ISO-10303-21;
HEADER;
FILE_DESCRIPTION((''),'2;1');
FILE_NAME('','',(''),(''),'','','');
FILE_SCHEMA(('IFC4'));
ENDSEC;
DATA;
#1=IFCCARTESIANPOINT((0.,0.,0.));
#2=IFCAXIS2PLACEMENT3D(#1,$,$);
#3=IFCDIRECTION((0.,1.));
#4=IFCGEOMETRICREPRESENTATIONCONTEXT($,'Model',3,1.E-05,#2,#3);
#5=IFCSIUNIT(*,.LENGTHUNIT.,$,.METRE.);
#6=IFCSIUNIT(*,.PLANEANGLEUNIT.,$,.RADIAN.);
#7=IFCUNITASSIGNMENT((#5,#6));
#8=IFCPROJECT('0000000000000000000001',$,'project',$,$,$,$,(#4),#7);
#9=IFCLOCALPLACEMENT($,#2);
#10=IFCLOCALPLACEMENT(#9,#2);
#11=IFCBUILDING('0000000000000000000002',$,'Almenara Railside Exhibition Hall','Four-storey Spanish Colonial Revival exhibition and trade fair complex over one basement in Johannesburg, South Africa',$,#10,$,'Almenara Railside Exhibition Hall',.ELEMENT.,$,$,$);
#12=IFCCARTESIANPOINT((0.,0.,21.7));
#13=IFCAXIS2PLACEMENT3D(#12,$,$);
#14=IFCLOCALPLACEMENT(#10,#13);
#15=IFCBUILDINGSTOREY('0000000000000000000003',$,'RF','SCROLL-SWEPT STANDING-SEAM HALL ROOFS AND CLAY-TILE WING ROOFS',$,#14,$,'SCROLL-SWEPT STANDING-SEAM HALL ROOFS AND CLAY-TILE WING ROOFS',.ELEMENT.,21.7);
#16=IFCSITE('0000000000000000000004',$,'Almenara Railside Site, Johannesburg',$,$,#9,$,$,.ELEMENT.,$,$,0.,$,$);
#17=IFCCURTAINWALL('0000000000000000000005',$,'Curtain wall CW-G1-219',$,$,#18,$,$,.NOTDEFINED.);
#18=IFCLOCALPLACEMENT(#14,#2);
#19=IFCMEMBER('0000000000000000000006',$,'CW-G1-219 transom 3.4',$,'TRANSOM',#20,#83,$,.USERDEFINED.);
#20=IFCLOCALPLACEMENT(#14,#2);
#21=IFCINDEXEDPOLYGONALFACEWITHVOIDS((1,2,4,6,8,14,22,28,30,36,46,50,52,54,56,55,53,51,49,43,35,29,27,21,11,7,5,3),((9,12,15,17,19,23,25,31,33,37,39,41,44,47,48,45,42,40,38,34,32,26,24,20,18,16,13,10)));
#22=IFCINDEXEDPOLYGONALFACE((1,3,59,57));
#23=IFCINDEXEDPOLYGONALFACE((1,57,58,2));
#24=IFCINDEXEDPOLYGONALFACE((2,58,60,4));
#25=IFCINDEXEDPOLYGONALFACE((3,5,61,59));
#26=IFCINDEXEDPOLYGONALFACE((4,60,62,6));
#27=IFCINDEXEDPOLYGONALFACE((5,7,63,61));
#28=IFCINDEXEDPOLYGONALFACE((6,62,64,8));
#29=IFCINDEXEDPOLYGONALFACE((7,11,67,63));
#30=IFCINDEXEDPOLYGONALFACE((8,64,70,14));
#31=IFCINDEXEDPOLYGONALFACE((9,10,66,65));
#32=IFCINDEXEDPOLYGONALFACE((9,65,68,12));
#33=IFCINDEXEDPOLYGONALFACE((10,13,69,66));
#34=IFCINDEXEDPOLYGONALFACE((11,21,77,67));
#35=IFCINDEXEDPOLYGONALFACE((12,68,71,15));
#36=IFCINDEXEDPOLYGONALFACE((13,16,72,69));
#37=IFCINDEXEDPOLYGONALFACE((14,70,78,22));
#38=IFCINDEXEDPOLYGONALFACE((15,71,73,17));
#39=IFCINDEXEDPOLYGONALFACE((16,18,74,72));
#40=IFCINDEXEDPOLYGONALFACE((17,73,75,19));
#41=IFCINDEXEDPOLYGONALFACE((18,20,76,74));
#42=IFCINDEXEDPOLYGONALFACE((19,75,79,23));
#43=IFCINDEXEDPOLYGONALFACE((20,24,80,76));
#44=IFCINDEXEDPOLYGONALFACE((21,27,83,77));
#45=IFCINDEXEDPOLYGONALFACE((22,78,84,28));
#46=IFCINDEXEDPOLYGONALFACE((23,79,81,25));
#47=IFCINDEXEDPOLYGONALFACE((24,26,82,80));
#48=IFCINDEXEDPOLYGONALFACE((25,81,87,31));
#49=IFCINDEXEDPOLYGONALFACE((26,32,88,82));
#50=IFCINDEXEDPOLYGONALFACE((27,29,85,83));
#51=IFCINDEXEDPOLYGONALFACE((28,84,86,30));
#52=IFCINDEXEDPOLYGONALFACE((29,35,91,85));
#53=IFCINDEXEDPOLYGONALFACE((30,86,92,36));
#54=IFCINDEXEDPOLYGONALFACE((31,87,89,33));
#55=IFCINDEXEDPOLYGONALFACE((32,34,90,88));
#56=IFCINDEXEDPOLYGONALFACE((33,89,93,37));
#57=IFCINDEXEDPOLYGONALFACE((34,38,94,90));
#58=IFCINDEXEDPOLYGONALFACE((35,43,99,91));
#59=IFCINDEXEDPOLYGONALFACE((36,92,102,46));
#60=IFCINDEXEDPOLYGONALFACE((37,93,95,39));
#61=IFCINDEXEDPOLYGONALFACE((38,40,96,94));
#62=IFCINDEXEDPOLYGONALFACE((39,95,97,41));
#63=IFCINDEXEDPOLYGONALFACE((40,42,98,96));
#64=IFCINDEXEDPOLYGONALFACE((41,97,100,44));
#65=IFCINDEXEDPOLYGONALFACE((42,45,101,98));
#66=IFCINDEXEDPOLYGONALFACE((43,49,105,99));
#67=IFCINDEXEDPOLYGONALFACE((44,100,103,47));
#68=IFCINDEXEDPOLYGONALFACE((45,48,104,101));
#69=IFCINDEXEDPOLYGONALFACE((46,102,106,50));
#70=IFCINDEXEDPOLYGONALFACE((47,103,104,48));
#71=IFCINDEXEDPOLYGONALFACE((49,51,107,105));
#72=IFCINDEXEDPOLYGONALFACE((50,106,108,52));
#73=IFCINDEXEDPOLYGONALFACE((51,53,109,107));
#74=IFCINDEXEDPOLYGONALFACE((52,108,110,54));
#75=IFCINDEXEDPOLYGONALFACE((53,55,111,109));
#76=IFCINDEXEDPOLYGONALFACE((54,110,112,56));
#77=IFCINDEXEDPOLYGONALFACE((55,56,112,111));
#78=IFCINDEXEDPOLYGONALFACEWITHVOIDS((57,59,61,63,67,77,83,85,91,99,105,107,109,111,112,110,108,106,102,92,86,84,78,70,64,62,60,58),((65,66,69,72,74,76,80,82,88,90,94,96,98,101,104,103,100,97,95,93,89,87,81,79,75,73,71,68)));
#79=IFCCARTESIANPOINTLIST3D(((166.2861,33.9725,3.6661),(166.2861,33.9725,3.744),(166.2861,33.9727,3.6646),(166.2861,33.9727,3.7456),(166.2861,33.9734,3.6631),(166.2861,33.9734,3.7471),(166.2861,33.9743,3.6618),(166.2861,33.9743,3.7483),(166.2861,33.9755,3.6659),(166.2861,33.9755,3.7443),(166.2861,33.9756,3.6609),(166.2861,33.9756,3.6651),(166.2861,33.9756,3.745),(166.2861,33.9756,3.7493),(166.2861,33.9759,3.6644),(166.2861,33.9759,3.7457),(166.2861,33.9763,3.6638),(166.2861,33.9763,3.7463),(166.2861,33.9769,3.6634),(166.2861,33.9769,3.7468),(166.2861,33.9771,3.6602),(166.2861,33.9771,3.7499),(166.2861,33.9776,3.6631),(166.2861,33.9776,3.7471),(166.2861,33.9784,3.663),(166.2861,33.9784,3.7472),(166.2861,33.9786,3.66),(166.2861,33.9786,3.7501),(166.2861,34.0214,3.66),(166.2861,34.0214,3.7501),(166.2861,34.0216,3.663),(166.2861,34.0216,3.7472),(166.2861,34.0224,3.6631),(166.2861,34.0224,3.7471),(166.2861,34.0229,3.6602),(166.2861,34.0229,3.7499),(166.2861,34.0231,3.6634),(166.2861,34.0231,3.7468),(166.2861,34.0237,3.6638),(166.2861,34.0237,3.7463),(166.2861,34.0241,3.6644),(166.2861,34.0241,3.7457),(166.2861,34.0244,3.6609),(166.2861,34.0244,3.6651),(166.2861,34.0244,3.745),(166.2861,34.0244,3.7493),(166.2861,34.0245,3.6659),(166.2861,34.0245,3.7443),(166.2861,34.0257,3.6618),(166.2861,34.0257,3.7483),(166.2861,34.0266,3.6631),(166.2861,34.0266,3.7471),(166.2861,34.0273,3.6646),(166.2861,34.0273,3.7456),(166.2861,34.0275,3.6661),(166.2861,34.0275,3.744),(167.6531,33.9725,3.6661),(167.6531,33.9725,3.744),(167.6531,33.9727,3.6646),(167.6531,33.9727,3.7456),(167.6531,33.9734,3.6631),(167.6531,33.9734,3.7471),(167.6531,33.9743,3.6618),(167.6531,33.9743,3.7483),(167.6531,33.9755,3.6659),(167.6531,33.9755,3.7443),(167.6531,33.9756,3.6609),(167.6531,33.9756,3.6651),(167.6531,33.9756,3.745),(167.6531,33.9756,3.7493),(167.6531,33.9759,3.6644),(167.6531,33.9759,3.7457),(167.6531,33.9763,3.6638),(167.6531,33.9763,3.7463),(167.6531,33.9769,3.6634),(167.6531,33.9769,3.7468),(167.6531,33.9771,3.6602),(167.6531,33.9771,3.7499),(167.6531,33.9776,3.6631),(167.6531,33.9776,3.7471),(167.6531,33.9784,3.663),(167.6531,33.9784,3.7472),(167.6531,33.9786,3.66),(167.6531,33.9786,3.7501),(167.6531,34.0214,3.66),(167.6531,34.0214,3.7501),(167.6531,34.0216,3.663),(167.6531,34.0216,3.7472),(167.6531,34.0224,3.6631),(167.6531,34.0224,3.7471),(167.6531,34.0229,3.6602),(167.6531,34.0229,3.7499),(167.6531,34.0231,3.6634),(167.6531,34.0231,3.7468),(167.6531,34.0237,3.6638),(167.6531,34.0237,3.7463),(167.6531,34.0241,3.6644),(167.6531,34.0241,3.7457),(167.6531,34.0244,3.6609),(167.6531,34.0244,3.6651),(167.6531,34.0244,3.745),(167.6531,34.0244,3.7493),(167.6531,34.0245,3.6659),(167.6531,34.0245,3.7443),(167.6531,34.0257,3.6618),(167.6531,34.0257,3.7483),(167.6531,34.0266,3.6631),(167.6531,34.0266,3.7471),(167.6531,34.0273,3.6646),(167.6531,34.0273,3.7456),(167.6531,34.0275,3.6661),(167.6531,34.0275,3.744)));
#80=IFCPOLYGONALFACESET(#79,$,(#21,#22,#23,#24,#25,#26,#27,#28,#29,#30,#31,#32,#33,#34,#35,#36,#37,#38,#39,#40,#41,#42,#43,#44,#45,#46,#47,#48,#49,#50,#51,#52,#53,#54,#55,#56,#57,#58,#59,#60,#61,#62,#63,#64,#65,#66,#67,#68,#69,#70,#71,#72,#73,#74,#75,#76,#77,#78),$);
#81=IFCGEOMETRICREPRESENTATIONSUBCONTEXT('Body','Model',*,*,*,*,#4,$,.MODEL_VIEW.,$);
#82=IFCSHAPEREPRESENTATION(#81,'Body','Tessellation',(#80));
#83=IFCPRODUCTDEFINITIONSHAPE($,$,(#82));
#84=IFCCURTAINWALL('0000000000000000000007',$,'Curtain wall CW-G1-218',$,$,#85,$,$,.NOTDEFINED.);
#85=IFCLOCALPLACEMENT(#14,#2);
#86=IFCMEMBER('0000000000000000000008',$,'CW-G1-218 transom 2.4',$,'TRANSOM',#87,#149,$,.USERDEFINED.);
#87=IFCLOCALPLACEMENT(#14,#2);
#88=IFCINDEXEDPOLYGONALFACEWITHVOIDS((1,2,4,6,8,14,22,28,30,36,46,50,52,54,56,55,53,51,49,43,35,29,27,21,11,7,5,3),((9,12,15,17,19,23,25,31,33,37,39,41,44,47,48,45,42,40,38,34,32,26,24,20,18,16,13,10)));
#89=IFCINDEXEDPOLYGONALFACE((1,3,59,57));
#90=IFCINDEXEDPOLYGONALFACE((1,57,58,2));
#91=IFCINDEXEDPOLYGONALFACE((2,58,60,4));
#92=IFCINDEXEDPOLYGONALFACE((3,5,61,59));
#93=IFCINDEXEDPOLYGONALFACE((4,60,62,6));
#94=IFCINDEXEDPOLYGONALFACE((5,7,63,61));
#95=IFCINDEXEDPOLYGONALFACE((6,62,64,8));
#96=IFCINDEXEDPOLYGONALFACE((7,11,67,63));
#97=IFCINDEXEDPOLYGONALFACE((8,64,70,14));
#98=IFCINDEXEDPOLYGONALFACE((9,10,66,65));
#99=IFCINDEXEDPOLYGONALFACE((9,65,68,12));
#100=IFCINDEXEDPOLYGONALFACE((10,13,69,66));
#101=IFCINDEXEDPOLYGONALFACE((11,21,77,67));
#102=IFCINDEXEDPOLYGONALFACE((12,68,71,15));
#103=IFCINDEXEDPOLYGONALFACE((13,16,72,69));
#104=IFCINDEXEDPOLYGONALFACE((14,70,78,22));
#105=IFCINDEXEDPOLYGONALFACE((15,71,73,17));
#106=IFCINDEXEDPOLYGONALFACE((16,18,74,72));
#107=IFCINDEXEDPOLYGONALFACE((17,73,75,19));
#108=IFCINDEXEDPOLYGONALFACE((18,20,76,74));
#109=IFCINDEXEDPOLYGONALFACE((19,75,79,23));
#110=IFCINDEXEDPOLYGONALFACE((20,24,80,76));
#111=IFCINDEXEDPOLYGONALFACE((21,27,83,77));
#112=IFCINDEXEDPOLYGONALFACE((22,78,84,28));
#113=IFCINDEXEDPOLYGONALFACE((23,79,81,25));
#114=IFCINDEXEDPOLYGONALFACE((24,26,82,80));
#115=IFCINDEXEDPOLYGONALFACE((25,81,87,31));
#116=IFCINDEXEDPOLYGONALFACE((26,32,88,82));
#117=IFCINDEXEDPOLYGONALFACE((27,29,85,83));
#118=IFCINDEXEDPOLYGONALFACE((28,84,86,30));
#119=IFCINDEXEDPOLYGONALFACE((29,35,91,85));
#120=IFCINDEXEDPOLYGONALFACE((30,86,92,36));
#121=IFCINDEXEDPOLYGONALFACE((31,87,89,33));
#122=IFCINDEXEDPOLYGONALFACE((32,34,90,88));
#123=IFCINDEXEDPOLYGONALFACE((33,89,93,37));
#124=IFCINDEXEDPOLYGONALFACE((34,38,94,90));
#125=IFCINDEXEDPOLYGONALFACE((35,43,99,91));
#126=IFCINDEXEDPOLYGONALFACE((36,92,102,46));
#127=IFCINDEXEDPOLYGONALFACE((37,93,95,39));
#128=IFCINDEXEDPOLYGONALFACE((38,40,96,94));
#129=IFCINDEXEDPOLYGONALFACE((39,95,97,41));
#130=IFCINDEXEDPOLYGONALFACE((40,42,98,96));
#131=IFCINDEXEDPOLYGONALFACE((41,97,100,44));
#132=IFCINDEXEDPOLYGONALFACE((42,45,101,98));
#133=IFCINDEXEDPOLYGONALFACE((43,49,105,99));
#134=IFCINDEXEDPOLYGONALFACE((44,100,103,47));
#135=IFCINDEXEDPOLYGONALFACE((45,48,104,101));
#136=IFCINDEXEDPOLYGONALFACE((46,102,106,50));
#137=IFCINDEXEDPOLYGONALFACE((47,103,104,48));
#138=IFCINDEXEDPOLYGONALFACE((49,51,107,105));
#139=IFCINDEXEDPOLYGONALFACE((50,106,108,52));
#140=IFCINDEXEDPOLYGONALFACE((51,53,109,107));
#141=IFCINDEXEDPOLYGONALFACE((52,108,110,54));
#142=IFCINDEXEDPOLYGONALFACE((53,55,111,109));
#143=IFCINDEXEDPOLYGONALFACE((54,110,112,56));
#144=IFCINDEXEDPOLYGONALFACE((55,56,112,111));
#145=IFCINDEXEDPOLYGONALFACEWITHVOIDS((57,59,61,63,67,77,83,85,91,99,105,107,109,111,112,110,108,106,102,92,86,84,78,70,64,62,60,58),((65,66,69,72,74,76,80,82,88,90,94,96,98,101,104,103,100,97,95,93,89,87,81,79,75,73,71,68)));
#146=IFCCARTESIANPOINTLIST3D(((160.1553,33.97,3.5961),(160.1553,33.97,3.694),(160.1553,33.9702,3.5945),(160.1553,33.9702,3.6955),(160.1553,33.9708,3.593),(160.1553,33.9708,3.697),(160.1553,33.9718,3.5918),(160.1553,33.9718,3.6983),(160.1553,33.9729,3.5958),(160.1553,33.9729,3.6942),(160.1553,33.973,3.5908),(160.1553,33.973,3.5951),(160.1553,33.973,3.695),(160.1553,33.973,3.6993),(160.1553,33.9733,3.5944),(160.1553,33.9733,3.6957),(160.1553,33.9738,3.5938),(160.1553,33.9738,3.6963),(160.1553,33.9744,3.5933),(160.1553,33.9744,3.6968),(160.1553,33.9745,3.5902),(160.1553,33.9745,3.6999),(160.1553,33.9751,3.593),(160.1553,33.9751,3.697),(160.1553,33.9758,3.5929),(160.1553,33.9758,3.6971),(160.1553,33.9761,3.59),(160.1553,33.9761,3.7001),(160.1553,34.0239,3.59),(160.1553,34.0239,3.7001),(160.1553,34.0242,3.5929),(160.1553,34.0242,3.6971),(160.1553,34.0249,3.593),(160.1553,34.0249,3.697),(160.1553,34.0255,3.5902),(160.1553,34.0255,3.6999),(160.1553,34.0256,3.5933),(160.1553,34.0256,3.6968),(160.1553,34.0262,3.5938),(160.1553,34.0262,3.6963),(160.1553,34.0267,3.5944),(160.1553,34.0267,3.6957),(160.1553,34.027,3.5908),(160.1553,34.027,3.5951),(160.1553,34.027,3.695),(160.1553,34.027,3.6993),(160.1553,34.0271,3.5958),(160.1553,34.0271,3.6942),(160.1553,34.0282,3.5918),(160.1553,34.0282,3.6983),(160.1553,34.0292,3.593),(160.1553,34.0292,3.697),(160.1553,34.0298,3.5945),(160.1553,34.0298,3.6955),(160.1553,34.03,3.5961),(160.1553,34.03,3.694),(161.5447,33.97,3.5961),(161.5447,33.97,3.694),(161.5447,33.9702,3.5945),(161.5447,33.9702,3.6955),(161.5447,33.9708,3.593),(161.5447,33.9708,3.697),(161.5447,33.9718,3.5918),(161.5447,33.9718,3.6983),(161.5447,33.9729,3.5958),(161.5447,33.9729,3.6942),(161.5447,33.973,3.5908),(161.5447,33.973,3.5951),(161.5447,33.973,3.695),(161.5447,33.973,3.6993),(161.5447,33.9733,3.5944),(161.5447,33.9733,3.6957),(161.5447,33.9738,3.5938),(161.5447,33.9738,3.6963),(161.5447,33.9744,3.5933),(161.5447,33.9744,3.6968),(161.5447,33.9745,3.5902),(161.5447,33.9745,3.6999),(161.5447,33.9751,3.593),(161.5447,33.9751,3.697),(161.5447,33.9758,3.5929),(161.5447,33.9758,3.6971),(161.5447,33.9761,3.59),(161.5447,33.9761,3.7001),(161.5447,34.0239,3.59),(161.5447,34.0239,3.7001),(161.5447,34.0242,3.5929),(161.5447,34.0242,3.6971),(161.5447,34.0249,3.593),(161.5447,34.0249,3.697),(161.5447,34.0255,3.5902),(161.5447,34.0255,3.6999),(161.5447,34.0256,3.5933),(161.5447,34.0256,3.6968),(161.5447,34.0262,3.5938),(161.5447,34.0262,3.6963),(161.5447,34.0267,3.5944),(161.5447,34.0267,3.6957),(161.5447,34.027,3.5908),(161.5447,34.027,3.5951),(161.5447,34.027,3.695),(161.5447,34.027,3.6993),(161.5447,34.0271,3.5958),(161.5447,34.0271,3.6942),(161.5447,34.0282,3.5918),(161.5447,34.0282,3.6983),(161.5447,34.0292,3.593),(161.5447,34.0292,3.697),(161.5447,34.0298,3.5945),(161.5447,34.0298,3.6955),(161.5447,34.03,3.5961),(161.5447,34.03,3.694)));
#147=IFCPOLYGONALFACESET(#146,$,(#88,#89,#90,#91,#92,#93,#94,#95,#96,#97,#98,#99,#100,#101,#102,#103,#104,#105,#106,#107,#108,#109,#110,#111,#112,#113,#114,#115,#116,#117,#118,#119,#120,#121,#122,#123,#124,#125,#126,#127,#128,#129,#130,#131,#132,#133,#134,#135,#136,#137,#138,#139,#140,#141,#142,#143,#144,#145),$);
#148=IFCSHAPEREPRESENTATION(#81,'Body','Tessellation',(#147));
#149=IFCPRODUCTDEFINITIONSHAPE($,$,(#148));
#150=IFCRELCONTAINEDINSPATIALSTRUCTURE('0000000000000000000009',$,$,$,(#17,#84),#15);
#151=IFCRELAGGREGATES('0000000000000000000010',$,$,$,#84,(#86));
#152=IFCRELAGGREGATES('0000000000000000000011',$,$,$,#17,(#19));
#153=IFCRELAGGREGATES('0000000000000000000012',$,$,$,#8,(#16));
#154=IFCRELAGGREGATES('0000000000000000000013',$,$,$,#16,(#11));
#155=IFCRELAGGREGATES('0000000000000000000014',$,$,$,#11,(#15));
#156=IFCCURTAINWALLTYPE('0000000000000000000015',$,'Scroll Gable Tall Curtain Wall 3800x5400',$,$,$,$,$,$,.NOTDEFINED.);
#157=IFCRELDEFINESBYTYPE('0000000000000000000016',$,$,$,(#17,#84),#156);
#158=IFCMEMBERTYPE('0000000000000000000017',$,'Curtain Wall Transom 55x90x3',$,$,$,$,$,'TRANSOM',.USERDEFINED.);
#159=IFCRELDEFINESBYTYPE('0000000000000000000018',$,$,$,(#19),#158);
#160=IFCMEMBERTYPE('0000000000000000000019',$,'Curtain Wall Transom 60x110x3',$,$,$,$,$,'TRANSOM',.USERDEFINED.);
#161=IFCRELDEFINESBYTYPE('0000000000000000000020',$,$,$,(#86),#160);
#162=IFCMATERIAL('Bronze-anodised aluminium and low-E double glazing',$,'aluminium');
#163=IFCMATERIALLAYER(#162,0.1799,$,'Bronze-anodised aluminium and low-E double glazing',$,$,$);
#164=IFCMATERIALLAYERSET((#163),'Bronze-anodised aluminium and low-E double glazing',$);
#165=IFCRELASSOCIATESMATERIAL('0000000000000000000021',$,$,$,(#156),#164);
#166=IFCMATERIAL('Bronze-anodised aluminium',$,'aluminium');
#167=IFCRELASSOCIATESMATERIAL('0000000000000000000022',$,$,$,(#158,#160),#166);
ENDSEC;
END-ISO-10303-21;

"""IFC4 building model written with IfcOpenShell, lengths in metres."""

from ifc_helpers import new_model, si_unit, direction, frame, origin, origin_2d, place, context, subcontext, project, spatial, hollow_rectangle, extrude, material, layer, layer_set, material_profile, profile_set, type_object, element, aggregate, save


model = new_model("IFC4")

# Units and contexts
model_context = context("Model", 3, precision=1e-05, world=origin(), true_north=direction((0.0, 1.0)))
body_context = subcontext(model_context, "Body", "Model", "MODEL_VIEW")
ifc_project = project(units=[si_unit("LENGTHUNIT", "METRE"), si_unit("PLANEANGLEUNIT", "RADIAN")], contexts=[model_context])

# Site, building, storey
site_placement = place(None, origin())
site = spatial("IfcSite", under=ifc_project, at=site_placement, Name="Almenara Railside Site, Johannesburg", CompositionType="ELEMENT", RefElevation=0.0)
building_placement = place(site_placement, origin())
building = spatial("IfcBuilding", under=site, at=building_placement, Name="Almenara Railside Exhibition Hall", Description="Four-storey Spanish Colonial Revival exhibition and trade fair complex over one basement in Johannesburg, South Africa", LongName="Almenara Railside Exhibition Hall", CompositionType="ELEMENT")
storey_placement = place(building_placement, frame((0.0, 0.0, 21.7)))
storey = spatial("IfcBuildingStorey", under=building, at=storey_placement, Name="RF", Description="SCROLL-SWEPT STANDING-SEAM HALL ROOFS AND CLAY-TILE WING ROOFS", LongName="SCROLL-SWEPT STANDING-SEAM HALL ROOFS AND CLAY-TILE WING ROOFS", CompositionType="ELEMENT", Elevation=21.7)

# Curtain walls, members
ifc_material_1 = material(Name="Bronze-anodised aluminium and low-E double glazing", Category="aluminium")
ifc_layer_1 = layer(ifc_material_1, 0.1799, Name="Bronze-anodised aluminium and low-E double glazing")
ifc_layer_set_1 = layer_set([ifc_layer_1], Name="Bronze-anodised aluminium and low-E double glazing")
curtain_wall_type = type_object("IfcCurtainWallType", Name="Scroll Gable Tall Curtain Wall 3800x5400", PredefinedType="NOTDEFINED", material=ifc_layer_set_1)
curtain_wall_1_placement = place(storey_placement, origin())
curtain_wall_1 = element("IfcCurtainWall", 1, at=curtain_wall_1_placement, inside=storey, type_object=curtain_wall_type, Name="Curtain wall CW-G1-219", PredefinedType="NOTDEFINED")
ifc_material_2 = material(Name="Bronze-anodised aluminium", Category="aluminium")
ifc_material_profile_1 = material_profile(ifc_material_2, hollow_rectangle(XDim=0.0549, YDim=0.0901, WallThickness=0.0029, InnerFilletRadius=0.0029, OuterFilletRadius=0.0061, at=origin_2d()), Name="ALU-TRN 55x90x3")
ifc_profile_set_1 = profile_set([ifc_material_profile_1], Name="Bronze-anodised aluminium")
member_type_1 = type_object("IfcMemberType", Name="Curtain Wall Transom 55x90x3", ElementType="TRANSOM", PredefinedType="USERDEFINED", material=ifc_profile_set_1)
member_1_placement = place(storey_placement, frame((166.2861, 34.0, 3.7051), z_axis=(1.0, 0.0, 0.0), x_axis=(0.0, 1.0, 0.0)))
member_1 = element("IfcMember", 2, at=member_1_placement, type_object=member_type_1, Name="CW-G1-219 transom 3.4", ObjectType="TRANSOM", PredefinedType="USERDEFINED", context=body_context, shape_type="SweptSolid", body=[
    extrude(hollow_rectangle(XDim=0.0549, YDim=0.0901, WallThickness=0.0029, InnerFilletRadius=0.0029, OuterFilletRadius=0.0061, at=origin_2d()), origin(), (0.0, 0.0, 1.0), 1.3669),
])
curtain_wall_2_placement = place(storey_placement, origin())
curtain_wall_2 = element("IfcCurtainWall", 3, at=curtain_wall_2_placement, inside=storey, type_object=curtain_wall_type, Name="Curtain wall CW-G1-218", PredefinedType="NOTDEFINED")
ifc_material_profile_2 = material_profile(ifc_material_2, hollow_rectangle(XDim=0.0601, YDim=0.1101, WallThickness=0.0029, InnerFilletRadius=0.0029, OuterFilletRadius=0.0061, at=origin_2d()), Name="ALU-TRN 60x110x3")
ifc_profile_set_2 = profile_set([ifc_material_profile_2], Name="Bronze-anodised aluminium")
member_type_2 = type_object("IfcMemberType", Name="Curtain Wall Transom 60x110x3", ElementType="TRANSOM", PredefinedType="USERDEFINED", material=ifc_profile_set_2)
member_2_placement = place(storey_placement, frame((160.1553, 34.0, 3.645), z_axis=(1.0, 0.0, 0.0), x_axis=(0.0, 1.0, 0.0)))
member_2 = element("IfcMember", 4, at=member_2_placement, type_object=member_type_2, Name="CW-G1-218 transom 2.4", ObjectType="TRANSOM", PredefinedType="USERDEFINED", context=body_context, shape_type="SweptSolid", body=[
    extrude(hollow_rectangle(XDim=0.0601, YDim=0.1101, WallThickness=0.0029, InnerFilletRadius=0.0029, OuterFilletRadius=0.0061, at=origin_2d()), origin(), (0.0, 0.0, 1.0), 1.3894),
])

aggregate(curtain_wall_2, [member_2])
aggregate(curtain_wall_1, [member_1])

save(model, "model.ifc")
